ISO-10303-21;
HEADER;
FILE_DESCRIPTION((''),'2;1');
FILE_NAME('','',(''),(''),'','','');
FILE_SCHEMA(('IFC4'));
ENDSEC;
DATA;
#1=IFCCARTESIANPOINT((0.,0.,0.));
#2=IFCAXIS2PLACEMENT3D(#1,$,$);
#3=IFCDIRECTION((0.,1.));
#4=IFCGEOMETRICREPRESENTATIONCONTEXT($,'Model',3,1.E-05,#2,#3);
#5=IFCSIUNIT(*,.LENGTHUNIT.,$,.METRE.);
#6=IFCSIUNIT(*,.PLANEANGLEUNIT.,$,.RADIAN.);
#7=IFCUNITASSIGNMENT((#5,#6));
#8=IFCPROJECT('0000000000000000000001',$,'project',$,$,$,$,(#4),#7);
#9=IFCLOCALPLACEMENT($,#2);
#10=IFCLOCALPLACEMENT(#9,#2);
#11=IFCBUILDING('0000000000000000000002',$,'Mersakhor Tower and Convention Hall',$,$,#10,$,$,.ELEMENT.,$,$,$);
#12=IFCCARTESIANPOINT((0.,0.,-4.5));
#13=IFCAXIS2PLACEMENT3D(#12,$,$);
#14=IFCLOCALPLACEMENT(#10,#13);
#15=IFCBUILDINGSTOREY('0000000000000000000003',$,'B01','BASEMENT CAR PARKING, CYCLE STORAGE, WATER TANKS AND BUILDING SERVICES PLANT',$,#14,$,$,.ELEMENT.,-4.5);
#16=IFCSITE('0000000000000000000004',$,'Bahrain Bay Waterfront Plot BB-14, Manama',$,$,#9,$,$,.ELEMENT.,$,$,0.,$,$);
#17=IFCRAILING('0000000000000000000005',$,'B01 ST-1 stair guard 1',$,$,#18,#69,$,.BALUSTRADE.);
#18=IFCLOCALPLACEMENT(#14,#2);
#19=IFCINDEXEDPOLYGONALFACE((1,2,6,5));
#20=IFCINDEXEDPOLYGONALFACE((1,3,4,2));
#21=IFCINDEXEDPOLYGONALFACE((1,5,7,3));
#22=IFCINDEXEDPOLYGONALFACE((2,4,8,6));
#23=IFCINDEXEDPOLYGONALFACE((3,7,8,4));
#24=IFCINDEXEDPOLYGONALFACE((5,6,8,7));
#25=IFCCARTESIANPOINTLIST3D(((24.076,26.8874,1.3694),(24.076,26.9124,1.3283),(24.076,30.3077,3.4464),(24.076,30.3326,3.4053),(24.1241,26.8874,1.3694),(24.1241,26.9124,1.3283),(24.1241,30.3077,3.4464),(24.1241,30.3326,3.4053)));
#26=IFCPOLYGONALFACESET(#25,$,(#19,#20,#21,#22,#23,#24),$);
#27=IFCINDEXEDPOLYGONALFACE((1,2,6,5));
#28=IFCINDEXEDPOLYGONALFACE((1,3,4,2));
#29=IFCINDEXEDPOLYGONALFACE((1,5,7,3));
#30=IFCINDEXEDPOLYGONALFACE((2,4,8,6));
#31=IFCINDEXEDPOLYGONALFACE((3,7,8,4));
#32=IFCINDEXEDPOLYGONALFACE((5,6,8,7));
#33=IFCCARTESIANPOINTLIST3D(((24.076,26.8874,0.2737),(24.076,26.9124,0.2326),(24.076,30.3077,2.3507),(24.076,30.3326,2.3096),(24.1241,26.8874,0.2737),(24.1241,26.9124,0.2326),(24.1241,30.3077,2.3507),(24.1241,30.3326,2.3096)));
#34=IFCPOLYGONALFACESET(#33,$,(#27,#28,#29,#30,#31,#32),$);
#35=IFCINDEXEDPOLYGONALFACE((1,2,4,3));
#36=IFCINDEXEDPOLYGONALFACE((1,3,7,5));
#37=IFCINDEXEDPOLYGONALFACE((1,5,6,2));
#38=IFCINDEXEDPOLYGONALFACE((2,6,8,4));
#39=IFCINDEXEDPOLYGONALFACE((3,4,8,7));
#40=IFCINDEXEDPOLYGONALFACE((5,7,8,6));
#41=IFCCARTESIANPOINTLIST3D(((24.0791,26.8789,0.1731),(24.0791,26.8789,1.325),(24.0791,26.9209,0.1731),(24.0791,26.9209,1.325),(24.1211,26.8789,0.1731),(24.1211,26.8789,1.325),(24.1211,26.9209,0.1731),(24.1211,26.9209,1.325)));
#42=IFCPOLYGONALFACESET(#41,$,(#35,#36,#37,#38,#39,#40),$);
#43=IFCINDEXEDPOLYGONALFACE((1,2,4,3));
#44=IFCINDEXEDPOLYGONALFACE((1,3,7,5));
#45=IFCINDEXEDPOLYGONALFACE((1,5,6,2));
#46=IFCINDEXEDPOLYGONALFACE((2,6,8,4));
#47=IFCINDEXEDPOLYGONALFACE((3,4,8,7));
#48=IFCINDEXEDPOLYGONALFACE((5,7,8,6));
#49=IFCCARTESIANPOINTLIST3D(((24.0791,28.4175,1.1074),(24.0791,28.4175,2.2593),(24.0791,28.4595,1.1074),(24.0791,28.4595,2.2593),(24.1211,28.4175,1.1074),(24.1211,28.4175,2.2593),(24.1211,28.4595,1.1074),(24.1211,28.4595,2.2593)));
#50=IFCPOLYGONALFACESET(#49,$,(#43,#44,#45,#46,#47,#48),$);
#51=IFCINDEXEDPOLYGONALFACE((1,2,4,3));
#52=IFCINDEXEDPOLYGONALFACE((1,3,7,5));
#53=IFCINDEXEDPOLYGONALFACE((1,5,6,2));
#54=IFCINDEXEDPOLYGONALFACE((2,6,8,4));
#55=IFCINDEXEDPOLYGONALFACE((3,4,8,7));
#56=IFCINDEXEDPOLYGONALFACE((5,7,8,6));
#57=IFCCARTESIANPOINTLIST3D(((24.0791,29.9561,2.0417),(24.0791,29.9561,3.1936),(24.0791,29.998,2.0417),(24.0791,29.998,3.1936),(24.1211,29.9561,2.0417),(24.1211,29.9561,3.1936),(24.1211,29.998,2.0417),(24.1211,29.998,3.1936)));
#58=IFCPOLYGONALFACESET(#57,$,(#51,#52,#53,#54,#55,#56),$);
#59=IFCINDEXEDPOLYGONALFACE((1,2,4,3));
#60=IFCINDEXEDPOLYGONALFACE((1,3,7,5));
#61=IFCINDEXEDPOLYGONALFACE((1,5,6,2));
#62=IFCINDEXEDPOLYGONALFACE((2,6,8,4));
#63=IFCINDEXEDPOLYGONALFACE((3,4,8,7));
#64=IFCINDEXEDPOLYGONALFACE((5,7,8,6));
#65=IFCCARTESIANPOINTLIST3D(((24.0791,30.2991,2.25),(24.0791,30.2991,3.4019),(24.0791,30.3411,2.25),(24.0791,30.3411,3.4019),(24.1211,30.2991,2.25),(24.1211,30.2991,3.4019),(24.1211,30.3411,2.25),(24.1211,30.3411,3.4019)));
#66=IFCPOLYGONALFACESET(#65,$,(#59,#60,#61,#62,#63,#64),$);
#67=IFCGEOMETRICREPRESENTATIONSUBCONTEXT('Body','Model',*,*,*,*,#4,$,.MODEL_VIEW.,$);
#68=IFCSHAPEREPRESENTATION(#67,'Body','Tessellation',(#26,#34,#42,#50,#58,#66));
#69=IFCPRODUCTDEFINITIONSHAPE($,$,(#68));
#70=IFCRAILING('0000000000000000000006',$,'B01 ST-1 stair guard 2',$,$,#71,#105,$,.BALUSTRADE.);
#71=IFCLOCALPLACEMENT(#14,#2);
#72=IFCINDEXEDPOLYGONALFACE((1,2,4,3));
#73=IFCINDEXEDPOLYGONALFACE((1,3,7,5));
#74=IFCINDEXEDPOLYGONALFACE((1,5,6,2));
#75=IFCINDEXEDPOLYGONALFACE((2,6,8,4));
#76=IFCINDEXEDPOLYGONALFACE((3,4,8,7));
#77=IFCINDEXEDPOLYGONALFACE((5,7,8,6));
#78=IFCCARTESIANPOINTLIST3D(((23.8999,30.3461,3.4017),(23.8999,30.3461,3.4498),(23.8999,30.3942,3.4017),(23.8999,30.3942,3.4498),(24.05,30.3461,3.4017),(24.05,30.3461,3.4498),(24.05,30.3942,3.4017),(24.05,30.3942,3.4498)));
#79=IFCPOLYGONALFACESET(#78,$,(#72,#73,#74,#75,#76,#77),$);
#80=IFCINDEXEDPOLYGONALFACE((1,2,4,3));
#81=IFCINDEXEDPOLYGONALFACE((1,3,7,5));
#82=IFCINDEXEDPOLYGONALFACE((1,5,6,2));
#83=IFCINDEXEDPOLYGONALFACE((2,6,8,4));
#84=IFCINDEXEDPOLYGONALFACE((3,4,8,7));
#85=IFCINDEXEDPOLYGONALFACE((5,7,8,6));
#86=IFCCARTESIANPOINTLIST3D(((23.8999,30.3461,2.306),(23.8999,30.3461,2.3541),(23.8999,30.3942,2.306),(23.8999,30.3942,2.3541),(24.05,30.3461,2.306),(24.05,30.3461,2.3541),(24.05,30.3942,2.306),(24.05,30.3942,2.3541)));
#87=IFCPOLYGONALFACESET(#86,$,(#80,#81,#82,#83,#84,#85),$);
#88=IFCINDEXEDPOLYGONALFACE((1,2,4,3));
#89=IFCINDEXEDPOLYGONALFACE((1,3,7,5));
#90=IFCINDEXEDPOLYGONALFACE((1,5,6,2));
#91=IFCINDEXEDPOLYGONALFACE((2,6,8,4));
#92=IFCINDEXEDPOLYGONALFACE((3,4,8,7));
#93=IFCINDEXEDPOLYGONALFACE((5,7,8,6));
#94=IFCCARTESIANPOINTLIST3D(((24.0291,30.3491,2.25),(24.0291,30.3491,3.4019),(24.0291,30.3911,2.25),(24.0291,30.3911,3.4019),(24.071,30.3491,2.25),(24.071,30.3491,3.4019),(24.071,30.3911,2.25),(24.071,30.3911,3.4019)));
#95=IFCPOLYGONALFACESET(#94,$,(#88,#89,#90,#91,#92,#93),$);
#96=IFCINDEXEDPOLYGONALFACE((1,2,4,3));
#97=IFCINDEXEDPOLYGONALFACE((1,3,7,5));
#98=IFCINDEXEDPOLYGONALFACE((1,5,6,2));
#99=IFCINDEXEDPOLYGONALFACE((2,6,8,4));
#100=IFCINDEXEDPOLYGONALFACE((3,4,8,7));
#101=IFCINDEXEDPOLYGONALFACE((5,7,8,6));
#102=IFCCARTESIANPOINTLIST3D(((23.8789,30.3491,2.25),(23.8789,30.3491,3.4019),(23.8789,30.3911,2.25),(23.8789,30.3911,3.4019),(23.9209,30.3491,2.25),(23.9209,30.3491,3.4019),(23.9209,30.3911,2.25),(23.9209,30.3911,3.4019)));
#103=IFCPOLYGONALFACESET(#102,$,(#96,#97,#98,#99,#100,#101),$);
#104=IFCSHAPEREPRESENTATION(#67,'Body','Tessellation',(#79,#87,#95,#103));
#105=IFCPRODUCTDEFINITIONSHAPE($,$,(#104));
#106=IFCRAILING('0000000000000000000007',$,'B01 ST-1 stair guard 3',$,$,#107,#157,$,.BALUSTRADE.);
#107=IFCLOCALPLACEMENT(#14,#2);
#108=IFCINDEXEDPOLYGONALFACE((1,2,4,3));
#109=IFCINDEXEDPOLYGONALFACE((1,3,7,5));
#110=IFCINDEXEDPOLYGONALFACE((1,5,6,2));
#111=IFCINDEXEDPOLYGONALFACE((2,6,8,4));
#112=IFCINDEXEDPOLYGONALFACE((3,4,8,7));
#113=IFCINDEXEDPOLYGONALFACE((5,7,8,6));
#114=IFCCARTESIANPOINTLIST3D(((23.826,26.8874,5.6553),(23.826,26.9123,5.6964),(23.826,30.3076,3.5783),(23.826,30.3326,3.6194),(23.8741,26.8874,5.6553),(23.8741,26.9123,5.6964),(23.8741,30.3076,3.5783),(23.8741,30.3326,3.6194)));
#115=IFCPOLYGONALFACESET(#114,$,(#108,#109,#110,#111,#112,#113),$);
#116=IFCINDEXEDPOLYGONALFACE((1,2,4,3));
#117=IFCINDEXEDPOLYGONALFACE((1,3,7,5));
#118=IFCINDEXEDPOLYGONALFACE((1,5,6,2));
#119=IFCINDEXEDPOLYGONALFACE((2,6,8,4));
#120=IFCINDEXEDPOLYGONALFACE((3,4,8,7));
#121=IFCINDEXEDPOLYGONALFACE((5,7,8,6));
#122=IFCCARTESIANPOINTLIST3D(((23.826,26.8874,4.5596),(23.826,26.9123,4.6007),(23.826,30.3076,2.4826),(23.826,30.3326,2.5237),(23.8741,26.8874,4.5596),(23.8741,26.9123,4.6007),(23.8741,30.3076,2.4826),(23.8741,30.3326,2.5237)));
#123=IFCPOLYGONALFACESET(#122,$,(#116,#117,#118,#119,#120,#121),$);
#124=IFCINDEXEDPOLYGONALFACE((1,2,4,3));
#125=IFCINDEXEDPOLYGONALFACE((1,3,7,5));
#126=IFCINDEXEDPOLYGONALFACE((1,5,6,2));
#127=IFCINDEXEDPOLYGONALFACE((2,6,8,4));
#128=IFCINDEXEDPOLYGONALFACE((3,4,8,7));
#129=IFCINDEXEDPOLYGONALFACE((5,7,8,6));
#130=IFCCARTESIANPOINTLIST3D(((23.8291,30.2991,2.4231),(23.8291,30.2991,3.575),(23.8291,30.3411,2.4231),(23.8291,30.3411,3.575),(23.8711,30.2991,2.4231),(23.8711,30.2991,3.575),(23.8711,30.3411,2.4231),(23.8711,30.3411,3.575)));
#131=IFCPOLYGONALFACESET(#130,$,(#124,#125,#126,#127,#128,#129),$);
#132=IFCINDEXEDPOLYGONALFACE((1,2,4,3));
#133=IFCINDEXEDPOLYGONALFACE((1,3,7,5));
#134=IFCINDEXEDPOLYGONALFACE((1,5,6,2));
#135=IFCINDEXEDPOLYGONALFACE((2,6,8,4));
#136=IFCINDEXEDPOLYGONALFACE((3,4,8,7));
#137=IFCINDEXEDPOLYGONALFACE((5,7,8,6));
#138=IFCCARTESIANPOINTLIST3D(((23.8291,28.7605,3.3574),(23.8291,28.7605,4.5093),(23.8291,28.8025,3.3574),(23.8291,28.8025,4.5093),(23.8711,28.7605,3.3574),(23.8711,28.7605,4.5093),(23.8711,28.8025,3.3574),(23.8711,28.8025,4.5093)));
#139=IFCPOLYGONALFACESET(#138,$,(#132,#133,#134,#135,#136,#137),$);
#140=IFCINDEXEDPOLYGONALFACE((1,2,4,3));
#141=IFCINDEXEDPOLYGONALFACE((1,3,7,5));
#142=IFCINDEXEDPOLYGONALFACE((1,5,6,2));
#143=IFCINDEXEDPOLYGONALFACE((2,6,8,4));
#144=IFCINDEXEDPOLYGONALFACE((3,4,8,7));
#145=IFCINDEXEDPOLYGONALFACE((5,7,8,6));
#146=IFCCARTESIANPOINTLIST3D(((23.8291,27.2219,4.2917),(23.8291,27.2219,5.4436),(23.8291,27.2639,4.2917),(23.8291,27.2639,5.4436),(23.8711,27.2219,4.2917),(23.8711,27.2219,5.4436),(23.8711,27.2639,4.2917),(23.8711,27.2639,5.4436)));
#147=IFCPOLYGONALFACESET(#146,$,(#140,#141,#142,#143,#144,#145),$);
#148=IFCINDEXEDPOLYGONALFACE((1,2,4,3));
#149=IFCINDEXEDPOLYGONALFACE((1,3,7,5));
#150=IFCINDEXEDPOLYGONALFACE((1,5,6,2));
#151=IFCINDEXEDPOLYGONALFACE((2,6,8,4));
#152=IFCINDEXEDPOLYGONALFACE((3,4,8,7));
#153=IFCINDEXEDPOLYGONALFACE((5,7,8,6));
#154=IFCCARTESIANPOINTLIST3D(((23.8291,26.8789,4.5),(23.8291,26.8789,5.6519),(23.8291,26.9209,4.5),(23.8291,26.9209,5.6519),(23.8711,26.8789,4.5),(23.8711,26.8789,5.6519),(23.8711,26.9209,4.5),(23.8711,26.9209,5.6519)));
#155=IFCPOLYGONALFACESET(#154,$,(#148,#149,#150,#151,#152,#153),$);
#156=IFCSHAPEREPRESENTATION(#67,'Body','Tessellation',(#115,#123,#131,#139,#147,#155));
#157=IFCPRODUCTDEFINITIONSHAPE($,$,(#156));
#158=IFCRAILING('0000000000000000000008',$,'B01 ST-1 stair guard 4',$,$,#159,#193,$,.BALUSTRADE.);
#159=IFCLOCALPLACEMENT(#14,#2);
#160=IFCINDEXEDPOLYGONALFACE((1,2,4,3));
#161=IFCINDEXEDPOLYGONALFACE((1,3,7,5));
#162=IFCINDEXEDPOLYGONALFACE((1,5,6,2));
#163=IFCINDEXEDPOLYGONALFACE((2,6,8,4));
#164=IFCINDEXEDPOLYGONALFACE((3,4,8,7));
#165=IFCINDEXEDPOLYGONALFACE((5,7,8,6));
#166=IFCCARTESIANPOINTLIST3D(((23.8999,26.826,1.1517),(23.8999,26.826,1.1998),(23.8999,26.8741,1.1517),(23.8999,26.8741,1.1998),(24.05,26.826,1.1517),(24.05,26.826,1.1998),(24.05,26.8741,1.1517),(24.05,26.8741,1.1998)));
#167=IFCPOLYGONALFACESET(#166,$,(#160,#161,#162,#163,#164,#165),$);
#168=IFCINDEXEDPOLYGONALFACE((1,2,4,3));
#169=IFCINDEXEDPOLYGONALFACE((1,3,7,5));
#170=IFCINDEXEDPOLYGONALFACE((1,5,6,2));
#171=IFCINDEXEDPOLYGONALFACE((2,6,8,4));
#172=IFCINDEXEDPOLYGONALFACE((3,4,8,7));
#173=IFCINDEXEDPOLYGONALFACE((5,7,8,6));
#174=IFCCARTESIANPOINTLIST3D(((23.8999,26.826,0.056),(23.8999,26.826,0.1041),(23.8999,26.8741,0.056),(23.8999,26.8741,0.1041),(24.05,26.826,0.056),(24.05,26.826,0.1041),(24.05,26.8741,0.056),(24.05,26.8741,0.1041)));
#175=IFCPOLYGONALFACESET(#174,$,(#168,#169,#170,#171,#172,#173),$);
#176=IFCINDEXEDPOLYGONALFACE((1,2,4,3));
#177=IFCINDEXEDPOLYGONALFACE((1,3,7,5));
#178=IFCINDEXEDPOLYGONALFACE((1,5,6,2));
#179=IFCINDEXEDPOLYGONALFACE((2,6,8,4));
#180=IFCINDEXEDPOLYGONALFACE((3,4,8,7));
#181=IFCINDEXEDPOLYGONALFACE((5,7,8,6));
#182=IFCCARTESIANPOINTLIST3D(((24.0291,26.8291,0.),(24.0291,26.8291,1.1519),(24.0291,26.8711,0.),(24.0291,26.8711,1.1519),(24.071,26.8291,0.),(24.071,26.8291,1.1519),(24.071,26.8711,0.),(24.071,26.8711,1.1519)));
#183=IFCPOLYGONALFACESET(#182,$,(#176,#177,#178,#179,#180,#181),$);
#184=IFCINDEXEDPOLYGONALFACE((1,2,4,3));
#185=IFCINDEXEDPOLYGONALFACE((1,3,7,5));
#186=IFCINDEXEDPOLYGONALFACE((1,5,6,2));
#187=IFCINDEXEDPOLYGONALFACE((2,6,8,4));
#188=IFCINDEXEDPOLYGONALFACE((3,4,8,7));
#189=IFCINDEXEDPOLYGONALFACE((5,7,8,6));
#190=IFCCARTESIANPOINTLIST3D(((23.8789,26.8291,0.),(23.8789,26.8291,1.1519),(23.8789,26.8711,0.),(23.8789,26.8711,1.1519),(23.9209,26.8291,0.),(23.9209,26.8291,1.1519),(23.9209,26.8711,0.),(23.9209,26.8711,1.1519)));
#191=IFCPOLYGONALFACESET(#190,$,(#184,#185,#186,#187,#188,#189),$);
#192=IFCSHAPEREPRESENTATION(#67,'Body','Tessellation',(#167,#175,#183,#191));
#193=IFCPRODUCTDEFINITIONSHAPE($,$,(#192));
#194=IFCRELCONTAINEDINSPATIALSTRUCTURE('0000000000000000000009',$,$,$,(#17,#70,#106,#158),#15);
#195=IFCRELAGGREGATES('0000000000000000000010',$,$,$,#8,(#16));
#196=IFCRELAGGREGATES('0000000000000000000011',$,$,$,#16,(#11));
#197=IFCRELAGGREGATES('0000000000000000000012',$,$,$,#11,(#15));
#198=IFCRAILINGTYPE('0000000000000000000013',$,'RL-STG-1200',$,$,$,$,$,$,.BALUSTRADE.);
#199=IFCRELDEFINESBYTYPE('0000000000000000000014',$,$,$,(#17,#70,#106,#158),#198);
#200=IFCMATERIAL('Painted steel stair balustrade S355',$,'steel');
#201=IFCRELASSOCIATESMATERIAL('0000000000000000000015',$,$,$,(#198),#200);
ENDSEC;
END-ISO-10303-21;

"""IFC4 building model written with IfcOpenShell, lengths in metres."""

from ifc_helpers import new_model, si_unit, direction, frame, origin, origin_2d, place, context, subcontext, project, spatial, rectangle, extrude, material, type_object, element, save


model = new_model("IFC4")

# Units and contexts
model_context = context("Model", 3, precision=1e-05, world=origin(), true_north=direction((0.0, 1.0)))
body_context = subcontext(model_context, "Body", "Model", "MODEL_VIEW")
ifc_project = project(units=[si_unit("LENGTHUNIT", "METRE"), si_unit("PLANEANGLEUNIT", "RADIAN")], contexts=[model_context])

# Site, building, storey
site_placement = place(None, origin())
site = spatial("IfcSite", under=ifc_project, at=site_placement, Name="Bahrain Bay Waterfront Plot BB-14, Manama", CompositionType="ELEMENT", RefElevation=0.0)
building_placement = place(site_placement, origin())
building = spatial("IfcBuilding", under=site, at=building_placement, Name="Mersakhor Tower and Convention Hall", CompositionType="ELEMENT")
storey_placement = place(building_placement, frame((0.0, 0.0, -4.5)))
storey = spatial("IfcBuildingStorey", under=building, at=storey_placement, Name="B01", Description="BASEMENT CAR PARKING, CYCLE STORAGE, WATER TANKS AND BUILDING SERVICES PLANT", CompositionType="ELEMENT", Elevation=-4.5)

# Railings
ifc_material_1 = material(Name="Painted steel stair balustrade S355", Category="steel")
railing_type_1 = type_object("IfcRailingType", Name="RL-STG-1200", PredefinedType="BALUSTRADE", material=ifc_material_1)
railing_1_placement = place(storey_placement, frame((24.1001, 26.8999, 0.1731)))
element("IfcRailing", 1, at=railing_1_placement, inside=storey, type_object=railing_type_1, Name="B01 ST-1 stair guard 1", PredefinedType="BALUSTRADE", context=body_context, shape_type="SweptSolid", body=[
    extrude(rectangle(XDim=0.0481, YDim=0.0481, at=origin_2d()), frame((0.0, 0.0, 1.1758), z_axis=(0.0, 0.854746, 0.519047), x_axis=(-1.0, 0.0, 0.0)), (0.0, 0.0, 1.0), 4.0015),
    extrude(rectangle(XDim=0.0481, YDim=0.0481, at=origin_2d()), frame((0.0, 0.0, 0.0801), z_axis=(0.0, 0.854746, 0.519047), x_axis=(-1.0, 0.0, 0.0)), (0.0, 0.0, 1.0), 4.0015),
    extrude(rectangle(XDim=0.042, YDim=0.042, at=origin_2d()), origin(), (0.0, 0.0, 1.0), 1.1519),
    extrude(rectangle(XDim=0.042, YDim=0.042, at=origin_2d()), frame((0.0, 1.5386, 0.9343)), (0.0, 0.0, 1.0), 1.1519),
    extrude(rectangle(XDim=0.042, YDim=0.042, at=origin_2d()), frame((0.0, 3.0771, 1.8687)), (0.0, 0.0, 1.0), 1.1519),
    extrude(rectangle(XDim=0.042, YDim=0.042, at=origin_2d()), frame((0.0, 3.4202, 2.0769)), (0.0, 0.0, 1.0), 1.1519),
])
railing_2_placement = place(storey_placement, frame((24.05, 30.3701, 2.25)))
element("IfcRailing", 2, at=railing_2_placement, inside=storey, type_object=railing_type_1, Name="B01 ST-1 stair guard 2", PredefinedType="BALUSTRADE", context=body_context, shape_type="SweptSolid", body=[
    extrude(rectangle(XDim=0.0481, YDim=0.0481, at=origin_2d()), frame((0.0, 0.0, 1.1758), z_axis=(-1.0, 0.0, 0.0), x_axis=(0.0, -1.0, 0.0)), (0.0, 0.0, 1.0), 0.1501),
    extrude(rectangle(XDim=0.0481, YDim=0.0481, at=origin_2d()), frame((0.0, 0.0, 0.0801), z_axis=(-1.0, 0.0, 0.0), x_axis=(0.0, -1.0, 0.0)), (0.0, 0.0, 1.0), 0.1501),
    extrude(rectangle(XDim=0.042, YDim=0.042, at=origin_2d()), origin(), (0.0, 0.0, 1.0), 1.1519),
    extrude(rectangle(XDim=0.042, YDim=0.042, at=origin_2d()), frame((-0.1501, 0.0, 0.0)), (0.0, 0.0, 1.0), 1.1519),
])
railing_3_placement = place(storey_placement, frame((23.8501, 30.3201, 2.4231)))
element("IfcRailing", 3, at=railing_3_placement, inside=storey, type_object=railing_type_1, Name="B01 ST-1 stair guard 3", PredefinedType="BALUSTRADE", context=body_context, shape_type="SweptSolid", body=[
    extrude(rectangle(XDim=0.0481, YDim=0.0481, at=origin_2d()), frame((0.0, 0.0, 1.1758), z_axis=(0.0, -0.854746, 0.519047), x_axis=(1.0, 0.0, 0.0)), (0.0, 0.0, 1.0), 4.0015),
    extrude(rectangle(XDim=0.0481, YDim=0.0481, at=origin_2d()), frame((0.0, 0.0, 0.0801), z_axis=(0.0, -0.854746, 0.519047), x_axis=(1.0, 0.0, 0.0)), (0.0, 0.0, 1.0), 4.0015),
    extrude(rectangle(XDim=0.042, YDim=0.042, at=origin_2d()), origin(), (0.0, 0.0, 1.0), 1.1519),
    extrude(rectangle(XDim=0.042, YDim=0.042, at=origin_2d()), frame((0.0, -1.5386, 0.9343)), (0.0, 0.0, 1.0), 1.1519),
    extrude(rectangle(XDim=0.042, YDim=0.042, at=origin_2d()), frame((0.0, -3.0771, 1.8687)), (0.0, 0.0, 1.0), 1.1519),
    extrude(rectangle(XDim=0.042, YDim=0.042, at=origin_2d()), frame((0.0, -3.4202, 2.0769)), (0.0, 0.0, 1.0), 1.1519),
])
railing_4_placement = place(storey_placement, frame((24.05, 26.8501, 0.0)))
element("IfcRailing", 4, at=railing_4_placement, inside=storey, type_object=railing_type_1, Name="B01 ST-1 stair guard 4", PredefinedType="BALUSTRADE", context=body_context, shape_type="SweptSolid", body=[
    extrude(rectangle(XDim=0.0481, YDim=0.0481, at=origin_2d()), frame((0.0, 0.0, 1.1758), z_axis=(-1.0, 0.0, 0.0), x_axis=(0.0, -1.0, 0.0)), (0.0, 0.0, 1.0), 0.1501),
    extrude(rectangle(XDim=0.0481, YDim=0.0481, at=origin_2d()), frame((0.0, 0.0, 0.0801), z_axis=(-1.0, 0.0, 0.0), x_axis=(0.0, -1.0, 0.0)), (0.0, 0.0, 1.0), 0.1501),
    extrude(rectangle(XDim=0.042, YDim=0.042, at=origin_2d()), origin(), (0.0, 0.0, 1.0), 1.1519),
    extrude(rectangle(XDim=0.042, YDim=0.042, at=origin_2d()), frame((-0.1501, 0.0, 0.0)), (0.0, 0.0, 1.0), 1.1519),
])

save(model, "model.ifc")
